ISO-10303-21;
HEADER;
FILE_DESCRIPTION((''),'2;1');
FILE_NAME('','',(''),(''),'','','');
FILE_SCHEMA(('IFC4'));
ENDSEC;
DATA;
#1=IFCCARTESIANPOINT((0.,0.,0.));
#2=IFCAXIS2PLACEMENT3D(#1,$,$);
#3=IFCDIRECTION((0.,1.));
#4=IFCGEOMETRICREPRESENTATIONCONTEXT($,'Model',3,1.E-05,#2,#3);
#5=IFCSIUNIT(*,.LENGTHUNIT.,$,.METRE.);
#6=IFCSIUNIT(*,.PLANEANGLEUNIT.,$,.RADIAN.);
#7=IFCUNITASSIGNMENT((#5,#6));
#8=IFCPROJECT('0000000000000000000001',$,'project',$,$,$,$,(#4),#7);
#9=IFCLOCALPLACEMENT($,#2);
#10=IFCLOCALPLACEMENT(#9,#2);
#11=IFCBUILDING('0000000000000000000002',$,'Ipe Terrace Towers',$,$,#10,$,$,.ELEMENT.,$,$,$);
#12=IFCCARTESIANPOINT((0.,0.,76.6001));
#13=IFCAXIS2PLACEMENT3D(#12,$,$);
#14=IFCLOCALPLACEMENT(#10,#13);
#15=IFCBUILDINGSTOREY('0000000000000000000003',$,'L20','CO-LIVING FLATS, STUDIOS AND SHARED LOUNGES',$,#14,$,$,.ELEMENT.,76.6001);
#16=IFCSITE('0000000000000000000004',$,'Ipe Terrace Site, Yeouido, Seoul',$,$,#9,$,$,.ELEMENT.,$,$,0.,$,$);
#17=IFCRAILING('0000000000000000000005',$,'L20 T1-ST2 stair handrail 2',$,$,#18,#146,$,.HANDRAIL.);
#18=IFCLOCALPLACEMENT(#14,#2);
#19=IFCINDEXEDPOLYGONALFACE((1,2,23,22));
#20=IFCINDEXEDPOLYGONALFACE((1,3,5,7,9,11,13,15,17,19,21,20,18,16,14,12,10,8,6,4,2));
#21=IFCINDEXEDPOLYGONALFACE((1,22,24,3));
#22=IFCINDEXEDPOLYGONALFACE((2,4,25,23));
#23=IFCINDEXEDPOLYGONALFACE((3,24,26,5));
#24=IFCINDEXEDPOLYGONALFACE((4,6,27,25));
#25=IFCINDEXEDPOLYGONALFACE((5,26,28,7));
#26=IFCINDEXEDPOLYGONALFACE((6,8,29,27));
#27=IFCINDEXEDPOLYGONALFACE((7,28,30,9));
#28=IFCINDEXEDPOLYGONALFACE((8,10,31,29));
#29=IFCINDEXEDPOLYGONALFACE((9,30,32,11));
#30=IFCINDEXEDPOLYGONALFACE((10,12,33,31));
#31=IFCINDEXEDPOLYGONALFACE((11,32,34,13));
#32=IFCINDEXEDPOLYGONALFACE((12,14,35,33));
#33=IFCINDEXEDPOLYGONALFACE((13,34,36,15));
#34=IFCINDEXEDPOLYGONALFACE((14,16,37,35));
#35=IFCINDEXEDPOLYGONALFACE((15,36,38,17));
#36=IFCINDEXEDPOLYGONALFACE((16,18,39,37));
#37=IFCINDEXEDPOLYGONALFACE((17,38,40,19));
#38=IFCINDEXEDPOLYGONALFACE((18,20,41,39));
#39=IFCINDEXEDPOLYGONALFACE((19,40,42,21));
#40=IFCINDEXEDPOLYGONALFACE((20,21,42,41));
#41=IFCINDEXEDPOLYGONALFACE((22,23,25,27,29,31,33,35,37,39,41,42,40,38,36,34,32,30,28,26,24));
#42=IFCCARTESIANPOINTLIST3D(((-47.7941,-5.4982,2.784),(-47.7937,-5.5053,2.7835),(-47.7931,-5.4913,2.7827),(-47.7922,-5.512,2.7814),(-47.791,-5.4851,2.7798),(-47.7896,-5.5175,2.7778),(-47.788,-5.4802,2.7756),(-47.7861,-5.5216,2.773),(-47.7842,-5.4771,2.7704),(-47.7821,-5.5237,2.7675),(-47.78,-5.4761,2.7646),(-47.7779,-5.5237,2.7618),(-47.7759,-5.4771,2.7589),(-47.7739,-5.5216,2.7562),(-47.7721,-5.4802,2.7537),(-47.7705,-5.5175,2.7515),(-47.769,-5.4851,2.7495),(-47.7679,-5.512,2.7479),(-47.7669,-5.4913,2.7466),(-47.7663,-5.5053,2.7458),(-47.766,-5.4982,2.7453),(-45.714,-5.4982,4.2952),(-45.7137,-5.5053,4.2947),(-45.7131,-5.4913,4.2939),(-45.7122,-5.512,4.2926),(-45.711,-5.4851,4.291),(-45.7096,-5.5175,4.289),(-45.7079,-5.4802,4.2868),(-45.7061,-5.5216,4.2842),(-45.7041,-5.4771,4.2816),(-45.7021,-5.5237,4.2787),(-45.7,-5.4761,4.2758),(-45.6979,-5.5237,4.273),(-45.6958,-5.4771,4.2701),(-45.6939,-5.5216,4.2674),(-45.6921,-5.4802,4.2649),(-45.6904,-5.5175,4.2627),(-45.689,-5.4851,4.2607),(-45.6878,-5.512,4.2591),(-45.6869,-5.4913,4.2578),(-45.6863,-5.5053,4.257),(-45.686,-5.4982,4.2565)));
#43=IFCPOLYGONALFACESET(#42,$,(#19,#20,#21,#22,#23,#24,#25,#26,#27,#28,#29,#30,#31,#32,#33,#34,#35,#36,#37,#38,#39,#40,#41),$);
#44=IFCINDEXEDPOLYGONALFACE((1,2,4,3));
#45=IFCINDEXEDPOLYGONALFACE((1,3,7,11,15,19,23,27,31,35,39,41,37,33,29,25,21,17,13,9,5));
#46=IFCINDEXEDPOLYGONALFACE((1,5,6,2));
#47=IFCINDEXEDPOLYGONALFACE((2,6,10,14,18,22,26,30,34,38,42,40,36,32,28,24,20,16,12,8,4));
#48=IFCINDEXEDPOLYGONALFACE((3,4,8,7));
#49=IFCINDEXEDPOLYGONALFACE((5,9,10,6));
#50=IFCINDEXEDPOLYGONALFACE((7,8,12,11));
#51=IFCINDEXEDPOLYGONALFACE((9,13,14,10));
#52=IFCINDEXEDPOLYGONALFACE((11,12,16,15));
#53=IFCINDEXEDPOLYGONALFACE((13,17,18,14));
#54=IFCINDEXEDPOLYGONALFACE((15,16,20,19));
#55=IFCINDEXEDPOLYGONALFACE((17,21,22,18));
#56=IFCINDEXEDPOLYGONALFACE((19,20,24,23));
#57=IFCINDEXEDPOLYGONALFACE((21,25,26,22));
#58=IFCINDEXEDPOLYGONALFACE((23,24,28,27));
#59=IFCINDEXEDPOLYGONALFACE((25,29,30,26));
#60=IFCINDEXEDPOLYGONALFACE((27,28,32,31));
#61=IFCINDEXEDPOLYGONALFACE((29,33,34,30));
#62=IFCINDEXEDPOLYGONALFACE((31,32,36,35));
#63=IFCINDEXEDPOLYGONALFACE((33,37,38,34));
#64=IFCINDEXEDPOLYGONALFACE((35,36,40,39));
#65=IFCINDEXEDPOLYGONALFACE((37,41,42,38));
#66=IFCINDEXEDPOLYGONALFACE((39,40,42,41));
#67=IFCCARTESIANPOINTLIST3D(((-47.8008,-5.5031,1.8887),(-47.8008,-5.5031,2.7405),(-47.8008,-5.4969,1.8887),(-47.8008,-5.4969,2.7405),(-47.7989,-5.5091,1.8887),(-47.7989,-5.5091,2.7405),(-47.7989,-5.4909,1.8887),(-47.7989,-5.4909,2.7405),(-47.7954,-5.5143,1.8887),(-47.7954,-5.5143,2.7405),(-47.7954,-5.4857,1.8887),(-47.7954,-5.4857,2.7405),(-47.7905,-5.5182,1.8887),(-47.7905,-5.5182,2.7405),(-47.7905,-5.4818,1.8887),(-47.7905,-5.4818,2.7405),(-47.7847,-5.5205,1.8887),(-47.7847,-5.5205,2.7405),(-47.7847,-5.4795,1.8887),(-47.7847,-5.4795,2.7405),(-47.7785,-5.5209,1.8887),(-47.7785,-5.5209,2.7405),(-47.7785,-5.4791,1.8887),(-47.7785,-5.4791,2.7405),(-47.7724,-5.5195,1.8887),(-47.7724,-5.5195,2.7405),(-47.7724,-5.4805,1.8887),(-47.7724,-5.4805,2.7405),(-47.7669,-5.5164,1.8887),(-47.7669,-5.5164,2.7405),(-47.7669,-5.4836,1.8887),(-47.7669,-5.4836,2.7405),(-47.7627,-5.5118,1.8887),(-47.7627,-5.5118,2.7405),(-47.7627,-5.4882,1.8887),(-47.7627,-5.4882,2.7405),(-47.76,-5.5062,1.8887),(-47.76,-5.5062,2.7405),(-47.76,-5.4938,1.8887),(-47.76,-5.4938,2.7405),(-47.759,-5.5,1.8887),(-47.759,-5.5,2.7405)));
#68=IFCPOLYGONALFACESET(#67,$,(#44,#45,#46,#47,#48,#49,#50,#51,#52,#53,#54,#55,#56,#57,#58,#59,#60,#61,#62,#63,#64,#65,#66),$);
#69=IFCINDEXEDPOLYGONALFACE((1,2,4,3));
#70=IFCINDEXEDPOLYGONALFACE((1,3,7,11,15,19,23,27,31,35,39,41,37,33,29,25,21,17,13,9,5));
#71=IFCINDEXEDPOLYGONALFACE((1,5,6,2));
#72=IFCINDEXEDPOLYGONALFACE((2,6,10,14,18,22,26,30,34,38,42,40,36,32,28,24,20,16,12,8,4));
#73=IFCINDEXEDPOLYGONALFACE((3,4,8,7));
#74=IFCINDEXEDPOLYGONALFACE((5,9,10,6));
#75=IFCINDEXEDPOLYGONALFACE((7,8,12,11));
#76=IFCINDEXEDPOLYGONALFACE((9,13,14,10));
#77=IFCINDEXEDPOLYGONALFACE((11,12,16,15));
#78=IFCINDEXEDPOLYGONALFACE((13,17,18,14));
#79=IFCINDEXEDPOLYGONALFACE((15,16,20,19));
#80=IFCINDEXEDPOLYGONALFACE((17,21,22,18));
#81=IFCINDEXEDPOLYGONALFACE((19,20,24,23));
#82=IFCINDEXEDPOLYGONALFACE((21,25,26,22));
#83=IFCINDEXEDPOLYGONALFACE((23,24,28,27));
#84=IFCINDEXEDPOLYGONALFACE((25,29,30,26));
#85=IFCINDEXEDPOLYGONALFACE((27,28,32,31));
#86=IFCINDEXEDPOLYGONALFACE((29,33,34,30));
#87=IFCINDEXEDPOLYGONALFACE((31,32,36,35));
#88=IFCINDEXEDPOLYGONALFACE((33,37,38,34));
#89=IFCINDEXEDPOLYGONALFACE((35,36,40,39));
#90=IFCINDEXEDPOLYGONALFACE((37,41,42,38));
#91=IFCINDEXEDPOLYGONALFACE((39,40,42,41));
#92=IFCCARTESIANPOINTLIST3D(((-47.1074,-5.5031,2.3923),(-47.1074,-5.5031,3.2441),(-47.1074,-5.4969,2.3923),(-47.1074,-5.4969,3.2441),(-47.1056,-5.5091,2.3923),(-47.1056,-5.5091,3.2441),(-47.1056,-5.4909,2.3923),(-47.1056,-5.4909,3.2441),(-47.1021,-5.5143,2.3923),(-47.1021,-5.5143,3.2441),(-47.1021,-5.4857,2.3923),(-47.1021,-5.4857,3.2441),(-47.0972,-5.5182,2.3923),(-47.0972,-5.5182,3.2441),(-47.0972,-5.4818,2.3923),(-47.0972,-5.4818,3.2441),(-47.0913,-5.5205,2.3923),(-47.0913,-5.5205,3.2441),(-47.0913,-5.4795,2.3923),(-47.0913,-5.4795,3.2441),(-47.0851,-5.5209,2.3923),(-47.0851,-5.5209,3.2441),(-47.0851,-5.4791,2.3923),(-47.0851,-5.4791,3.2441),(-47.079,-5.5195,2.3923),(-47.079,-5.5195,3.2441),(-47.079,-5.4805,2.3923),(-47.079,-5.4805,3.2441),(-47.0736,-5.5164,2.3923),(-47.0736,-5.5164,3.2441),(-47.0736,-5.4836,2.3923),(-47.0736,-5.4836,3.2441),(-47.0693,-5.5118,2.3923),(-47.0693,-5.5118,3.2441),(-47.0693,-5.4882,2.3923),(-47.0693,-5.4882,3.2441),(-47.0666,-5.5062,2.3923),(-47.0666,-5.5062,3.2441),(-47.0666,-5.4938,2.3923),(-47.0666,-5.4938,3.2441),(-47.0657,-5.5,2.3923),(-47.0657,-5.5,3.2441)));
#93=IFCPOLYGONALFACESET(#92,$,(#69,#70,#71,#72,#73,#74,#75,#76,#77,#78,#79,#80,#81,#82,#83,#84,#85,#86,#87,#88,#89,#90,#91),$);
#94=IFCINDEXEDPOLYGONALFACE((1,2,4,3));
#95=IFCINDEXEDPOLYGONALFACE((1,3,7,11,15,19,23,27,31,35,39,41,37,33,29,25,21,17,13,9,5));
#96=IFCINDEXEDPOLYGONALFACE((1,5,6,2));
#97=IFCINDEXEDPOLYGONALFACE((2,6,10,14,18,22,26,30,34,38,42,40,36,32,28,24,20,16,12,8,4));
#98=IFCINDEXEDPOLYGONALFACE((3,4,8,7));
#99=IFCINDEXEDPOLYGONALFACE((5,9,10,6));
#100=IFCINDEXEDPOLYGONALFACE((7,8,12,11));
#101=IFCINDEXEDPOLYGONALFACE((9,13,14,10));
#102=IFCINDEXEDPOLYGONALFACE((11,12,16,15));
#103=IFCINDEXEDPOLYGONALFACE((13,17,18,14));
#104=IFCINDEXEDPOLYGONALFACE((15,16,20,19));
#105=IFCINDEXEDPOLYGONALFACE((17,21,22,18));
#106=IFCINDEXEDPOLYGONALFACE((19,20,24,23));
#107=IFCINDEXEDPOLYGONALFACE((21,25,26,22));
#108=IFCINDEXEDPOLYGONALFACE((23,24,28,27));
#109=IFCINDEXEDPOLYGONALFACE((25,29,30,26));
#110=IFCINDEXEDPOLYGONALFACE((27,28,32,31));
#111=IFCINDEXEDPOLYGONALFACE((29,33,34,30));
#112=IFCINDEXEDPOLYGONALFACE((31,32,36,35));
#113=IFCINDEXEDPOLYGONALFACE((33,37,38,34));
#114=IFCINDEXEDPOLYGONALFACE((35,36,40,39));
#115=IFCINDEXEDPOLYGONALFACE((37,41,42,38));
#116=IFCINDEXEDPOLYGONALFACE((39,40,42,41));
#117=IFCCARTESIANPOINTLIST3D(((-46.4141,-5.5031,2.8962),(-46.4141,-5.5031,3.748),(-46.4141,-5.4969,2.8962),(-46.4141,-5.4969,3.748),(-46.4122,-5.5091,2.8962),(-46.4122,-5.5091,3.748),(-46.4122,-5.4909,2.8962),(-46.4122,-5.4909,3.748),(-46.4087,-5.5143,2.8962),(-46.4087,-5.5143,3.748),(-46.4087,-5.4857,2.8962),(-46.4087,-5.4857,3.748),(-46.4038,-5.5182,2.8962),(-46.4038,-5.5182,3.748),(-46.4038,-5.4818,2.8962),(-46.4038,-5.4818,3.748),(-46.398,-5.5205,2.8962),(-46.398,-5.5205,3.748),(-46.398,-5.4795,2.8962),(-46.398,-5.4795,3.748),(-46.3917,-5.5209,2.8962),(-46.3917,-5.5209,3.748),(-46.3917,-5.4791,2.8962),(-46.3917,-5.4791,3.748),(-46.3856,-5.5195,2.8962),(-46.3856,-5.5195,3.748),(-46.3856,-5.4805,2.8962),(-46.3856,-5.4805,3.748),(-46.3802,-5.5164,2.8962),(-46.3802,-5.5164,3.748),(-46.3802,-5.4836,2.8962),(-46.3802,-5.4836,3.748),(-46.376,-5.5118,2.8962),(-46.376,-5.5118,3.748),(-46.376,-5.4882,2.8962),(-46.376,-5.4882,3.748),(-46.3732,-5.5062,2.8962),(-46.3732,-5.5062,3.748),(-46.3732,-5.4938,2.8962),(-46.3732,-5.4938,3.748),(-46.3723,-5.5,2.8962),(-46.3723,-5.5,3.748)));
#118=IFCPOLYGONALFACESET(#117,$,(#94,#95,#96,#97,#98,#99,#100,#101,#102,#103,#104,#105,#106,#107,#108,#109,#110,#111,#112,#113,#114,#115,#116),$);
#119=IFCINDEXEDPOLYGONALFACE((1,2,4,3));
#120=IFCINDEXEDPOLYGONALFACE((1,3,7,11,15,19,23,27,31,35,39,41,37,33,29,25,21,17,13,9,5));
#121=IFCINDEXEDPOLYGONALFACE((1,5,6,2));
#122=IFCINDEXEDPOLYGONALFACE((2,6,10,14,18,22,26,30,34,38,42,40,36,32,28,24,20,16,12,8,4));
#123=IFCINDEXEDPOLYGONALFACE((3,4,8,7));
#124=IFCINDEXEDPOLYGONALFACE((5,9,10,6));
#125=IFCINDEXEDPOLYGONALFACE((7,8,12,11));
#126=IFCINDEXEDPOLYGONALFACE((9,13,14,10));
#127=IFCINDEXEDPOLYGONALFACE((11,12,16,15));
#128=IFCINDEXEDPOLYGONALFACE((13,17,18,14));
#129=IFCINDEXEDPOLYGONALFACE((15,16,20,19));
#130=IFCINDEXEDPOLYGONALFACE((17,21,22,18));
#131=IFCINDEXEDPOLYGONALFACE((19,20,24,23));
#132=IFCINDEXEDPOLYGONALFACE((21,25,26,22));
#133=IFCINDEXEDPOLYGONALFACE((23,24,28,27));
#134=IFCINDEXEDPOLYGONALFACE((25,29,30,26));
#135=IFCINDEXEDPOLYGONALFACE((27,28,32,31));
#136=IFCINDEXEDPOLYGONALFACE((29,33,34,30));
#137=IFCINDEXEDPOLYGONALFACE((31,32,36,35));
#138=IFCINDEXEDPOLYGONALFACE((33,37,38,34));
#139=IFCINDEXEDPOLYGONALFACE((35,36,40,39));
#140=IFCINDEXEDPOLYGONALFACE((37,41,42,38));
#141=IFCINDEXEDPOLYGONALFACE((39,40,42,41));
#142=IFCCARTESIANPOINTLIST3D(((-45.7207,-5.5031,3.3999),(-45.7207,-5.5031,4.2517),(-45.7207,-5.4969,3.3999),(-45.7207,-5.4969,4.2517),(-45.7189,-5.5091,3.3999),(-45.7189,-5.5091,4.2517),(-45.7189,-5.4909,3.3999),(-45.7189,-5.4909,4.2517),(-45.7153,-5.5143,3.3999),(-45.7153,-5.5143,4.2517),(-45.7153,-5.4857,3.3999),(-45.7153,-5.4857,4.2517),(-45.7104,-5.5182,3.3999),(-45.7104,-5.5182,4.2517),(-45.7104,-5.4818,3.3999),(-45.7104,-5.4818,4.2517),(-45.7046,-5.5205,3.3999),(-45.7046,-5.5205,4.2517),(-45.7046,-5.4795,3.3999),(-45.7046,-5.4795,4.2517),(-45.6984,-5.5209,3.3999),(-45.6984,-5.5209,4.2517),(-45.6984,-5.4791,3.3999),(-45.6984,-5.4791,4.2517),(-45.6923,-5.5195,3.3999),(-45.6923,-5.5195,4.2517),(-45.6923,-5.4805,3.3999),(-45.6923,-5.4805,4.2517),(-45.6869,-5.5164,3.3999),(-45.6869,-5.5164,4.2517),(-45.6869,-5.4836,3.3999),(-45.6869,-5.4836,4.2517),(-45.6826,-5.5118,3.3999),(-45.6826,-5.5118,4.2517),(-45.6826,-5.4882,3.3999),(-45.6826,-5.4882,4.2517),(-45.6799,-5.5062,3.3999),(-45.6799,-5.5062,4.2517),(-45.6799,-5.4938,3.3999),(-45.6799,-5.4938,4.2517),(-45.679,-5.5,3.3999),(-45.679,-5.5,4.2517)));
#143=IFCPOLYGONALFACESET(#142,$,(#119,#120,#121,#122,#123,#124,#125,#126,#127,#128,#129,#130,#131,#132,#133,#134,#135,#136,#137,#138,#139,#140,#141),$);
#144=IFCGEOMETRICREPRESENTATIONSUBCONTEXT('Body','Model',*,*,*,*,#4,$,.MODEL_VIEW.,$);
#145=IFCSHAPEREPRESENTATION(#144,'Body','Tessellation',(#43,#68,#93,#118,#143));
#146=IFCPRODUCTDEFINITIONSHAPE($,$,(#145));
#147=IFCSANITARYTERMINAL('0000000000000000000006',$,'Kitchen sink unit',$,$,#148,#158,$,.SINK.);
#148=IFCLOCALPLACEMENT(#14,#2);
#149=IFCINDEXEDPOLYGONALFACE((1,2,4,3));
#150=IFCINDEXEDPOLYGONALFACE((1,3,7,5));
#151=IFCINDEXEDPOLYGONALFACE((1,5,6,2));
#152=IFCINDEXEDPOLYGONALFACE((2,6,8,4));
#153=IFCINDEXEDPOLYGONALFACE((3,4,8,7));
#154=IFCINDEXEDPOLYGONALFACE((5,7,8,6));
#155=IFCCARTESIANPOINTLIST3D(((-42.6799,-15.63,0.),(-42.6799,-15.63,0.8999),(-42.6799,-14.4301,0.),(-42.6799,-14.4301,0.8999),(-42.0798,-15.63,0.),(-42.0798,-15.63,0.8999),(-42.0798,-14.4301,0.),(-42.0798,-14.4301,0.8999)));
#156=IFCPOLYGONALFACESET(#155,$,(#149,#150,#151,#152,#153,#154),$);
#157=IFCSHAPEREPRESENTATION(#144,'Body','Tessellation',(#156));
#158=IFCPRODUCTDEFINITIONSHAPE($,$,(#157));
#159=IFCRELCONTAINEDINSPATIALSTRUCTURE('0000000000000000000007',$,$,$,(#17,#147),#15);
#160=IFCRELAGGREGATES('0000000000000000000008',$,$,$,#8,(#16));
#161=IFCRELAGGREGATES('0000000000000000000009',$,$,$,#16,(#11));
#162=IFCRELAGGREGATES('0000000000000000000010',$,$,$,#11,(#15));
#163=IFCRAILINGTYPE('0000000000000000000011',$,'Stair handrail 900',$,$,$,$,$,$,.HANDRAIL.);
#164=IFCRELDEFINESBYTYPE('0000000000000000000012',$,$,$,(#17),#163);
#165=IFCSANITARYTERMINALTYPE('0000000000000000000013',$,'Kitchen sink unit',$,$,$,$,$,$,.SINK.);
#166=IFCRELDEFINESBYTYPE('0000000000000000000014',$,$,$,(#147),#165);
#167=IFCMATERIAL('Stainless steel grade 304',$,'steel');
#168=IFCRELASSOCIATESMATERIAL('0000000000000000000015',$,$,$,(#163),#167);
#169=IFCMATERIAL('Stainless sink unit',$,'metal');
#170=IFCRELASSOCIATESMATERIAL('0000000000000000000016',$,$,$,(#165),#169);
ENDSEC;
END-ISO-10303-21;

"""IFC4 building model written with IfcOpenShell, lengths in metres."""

from ifc_helpers import new_model, si_unit, direction, frame, origin, origin_2d, place, context, subcontext, project, spatial, rectangle, circle, extrude, material, type_object, element, save


model = new_model("IFC4")

# Units and contexts
model_context = context("Model", 3, precision=1e-05, world=origin(), true_north=direction((0.0, 1.0)))
body_context = subcontext(model_context, "Body", "Model", "MODEL_VIEW")
ifc_project = project(units=[si_unit("LENGTHUNIT", "METRE"), si_unit("PLANEANGLEUNIT", "RADIAN")], contexts=[model_context])

# Site, building, storey
site_placement = place(None, origin())
site = spatial("IfcSite", under=ifc_project, at=site_placement, Name="Ipe Terrace Site, Yeouido, Seoul", CompositionType="ELEMENT", RefElevation=0.0)
building_placement = place(site_placement, origin())
building = spatial("IfcBuilding", under=site, at=building_placement, Name="Ipe Terrace Towers", CompositionType="ELEMENT")
storey_placement = place(building_placement, frame((0.0, 0.0, 76.6001)))
storey = spatial("IfcBuildingStorey", under=building, at=storey_placement, Name="L20", Description="CO-LIVING FLATS, STUDIOS AND SHARED LOUNGES", CompositionType="ELEMENT", Elevation=76.6001)

# Railing
ifc_material_1 = material(Name="Stainless steel grade 304", Category="steel")
railing_type_1 = type_object("IfcRailingType", Name="Stair handrail 900", PredefinedType="HANDRAIL", material=ifc_material_1)
railing_1_placement = place(storey_placement, frame((-47.78, -5.5, 1.8887)))
element("IfcRailing", 1, at=railing_1_placement, inside=storey, type_object=railing_type_1, Name="L20 T1-ST2 stair handrail 2", PredefinedType="HANDRAIL", context=body_context, shape_type="SweptSolid", body=[
    extrude(circle(Radius=0.0239, at=origin_2d()), frame((0.0, 0.0, 0.876), z_axis=(0.809023, 0.0, 0.587776), x_axis=(0.0, 1.0, 0.0)), (0.0, 0.0, 1.0), 2.571),
    extrude(circle(Radius=0.021, at=origin_2d()), origin(), (0.0, 0.0, 1.0), 0.8518),
    extrude(circle(Radius=0.021, at=origin_2d()), frame((0.6934, 0.0, 0.5037)), (0.0, 0.0, 1.0), 0.8518),
    extrude(circle(Radius=0.021, at=origin_2d()), frame((1.3867, 0.0, 1.0076)), (0.0, 0.0, 1.0), 0.8518),
    extrude(circle(Radius=0.021, at=origin_2d()), frame((2.0801, 0.0, 1.5112)), (0.0, 0.0, 1.0), 0.8518),
])

# Sanitary terminal
ifc_material_2 = material(Name="Stainless sink unit", Category="metal")
sanitary_terminal_type = type_object("IfcSanitaryTerminalType", Name="Kitchen sink unit", PredefinedType="SINK", material=ifc_material_2)
sanitary_terminal_placement = place(storey_placement, frame((-42.3799, -15.03, 0.0), z_axis=(0.0, 0.0, 1.0), x_axis=(0.0, 1.0, 0.0)))
element("IfcSanitaryTerminal", 2, at=sanitary_terminal_placement, inside=storey, type_object=sanitary_terminal_type, Name="Kitchen sink unit", PredefinedType="SINK", context=body_context, shape_type="SweptSolid", body=[
    extrude(rectangle(XDim=1.2, YDim=0.6001, at=origin_2d()), origin(), (0.0, 0.0, 1.0), 0.8999),
])

save(model, "model.ifc")
